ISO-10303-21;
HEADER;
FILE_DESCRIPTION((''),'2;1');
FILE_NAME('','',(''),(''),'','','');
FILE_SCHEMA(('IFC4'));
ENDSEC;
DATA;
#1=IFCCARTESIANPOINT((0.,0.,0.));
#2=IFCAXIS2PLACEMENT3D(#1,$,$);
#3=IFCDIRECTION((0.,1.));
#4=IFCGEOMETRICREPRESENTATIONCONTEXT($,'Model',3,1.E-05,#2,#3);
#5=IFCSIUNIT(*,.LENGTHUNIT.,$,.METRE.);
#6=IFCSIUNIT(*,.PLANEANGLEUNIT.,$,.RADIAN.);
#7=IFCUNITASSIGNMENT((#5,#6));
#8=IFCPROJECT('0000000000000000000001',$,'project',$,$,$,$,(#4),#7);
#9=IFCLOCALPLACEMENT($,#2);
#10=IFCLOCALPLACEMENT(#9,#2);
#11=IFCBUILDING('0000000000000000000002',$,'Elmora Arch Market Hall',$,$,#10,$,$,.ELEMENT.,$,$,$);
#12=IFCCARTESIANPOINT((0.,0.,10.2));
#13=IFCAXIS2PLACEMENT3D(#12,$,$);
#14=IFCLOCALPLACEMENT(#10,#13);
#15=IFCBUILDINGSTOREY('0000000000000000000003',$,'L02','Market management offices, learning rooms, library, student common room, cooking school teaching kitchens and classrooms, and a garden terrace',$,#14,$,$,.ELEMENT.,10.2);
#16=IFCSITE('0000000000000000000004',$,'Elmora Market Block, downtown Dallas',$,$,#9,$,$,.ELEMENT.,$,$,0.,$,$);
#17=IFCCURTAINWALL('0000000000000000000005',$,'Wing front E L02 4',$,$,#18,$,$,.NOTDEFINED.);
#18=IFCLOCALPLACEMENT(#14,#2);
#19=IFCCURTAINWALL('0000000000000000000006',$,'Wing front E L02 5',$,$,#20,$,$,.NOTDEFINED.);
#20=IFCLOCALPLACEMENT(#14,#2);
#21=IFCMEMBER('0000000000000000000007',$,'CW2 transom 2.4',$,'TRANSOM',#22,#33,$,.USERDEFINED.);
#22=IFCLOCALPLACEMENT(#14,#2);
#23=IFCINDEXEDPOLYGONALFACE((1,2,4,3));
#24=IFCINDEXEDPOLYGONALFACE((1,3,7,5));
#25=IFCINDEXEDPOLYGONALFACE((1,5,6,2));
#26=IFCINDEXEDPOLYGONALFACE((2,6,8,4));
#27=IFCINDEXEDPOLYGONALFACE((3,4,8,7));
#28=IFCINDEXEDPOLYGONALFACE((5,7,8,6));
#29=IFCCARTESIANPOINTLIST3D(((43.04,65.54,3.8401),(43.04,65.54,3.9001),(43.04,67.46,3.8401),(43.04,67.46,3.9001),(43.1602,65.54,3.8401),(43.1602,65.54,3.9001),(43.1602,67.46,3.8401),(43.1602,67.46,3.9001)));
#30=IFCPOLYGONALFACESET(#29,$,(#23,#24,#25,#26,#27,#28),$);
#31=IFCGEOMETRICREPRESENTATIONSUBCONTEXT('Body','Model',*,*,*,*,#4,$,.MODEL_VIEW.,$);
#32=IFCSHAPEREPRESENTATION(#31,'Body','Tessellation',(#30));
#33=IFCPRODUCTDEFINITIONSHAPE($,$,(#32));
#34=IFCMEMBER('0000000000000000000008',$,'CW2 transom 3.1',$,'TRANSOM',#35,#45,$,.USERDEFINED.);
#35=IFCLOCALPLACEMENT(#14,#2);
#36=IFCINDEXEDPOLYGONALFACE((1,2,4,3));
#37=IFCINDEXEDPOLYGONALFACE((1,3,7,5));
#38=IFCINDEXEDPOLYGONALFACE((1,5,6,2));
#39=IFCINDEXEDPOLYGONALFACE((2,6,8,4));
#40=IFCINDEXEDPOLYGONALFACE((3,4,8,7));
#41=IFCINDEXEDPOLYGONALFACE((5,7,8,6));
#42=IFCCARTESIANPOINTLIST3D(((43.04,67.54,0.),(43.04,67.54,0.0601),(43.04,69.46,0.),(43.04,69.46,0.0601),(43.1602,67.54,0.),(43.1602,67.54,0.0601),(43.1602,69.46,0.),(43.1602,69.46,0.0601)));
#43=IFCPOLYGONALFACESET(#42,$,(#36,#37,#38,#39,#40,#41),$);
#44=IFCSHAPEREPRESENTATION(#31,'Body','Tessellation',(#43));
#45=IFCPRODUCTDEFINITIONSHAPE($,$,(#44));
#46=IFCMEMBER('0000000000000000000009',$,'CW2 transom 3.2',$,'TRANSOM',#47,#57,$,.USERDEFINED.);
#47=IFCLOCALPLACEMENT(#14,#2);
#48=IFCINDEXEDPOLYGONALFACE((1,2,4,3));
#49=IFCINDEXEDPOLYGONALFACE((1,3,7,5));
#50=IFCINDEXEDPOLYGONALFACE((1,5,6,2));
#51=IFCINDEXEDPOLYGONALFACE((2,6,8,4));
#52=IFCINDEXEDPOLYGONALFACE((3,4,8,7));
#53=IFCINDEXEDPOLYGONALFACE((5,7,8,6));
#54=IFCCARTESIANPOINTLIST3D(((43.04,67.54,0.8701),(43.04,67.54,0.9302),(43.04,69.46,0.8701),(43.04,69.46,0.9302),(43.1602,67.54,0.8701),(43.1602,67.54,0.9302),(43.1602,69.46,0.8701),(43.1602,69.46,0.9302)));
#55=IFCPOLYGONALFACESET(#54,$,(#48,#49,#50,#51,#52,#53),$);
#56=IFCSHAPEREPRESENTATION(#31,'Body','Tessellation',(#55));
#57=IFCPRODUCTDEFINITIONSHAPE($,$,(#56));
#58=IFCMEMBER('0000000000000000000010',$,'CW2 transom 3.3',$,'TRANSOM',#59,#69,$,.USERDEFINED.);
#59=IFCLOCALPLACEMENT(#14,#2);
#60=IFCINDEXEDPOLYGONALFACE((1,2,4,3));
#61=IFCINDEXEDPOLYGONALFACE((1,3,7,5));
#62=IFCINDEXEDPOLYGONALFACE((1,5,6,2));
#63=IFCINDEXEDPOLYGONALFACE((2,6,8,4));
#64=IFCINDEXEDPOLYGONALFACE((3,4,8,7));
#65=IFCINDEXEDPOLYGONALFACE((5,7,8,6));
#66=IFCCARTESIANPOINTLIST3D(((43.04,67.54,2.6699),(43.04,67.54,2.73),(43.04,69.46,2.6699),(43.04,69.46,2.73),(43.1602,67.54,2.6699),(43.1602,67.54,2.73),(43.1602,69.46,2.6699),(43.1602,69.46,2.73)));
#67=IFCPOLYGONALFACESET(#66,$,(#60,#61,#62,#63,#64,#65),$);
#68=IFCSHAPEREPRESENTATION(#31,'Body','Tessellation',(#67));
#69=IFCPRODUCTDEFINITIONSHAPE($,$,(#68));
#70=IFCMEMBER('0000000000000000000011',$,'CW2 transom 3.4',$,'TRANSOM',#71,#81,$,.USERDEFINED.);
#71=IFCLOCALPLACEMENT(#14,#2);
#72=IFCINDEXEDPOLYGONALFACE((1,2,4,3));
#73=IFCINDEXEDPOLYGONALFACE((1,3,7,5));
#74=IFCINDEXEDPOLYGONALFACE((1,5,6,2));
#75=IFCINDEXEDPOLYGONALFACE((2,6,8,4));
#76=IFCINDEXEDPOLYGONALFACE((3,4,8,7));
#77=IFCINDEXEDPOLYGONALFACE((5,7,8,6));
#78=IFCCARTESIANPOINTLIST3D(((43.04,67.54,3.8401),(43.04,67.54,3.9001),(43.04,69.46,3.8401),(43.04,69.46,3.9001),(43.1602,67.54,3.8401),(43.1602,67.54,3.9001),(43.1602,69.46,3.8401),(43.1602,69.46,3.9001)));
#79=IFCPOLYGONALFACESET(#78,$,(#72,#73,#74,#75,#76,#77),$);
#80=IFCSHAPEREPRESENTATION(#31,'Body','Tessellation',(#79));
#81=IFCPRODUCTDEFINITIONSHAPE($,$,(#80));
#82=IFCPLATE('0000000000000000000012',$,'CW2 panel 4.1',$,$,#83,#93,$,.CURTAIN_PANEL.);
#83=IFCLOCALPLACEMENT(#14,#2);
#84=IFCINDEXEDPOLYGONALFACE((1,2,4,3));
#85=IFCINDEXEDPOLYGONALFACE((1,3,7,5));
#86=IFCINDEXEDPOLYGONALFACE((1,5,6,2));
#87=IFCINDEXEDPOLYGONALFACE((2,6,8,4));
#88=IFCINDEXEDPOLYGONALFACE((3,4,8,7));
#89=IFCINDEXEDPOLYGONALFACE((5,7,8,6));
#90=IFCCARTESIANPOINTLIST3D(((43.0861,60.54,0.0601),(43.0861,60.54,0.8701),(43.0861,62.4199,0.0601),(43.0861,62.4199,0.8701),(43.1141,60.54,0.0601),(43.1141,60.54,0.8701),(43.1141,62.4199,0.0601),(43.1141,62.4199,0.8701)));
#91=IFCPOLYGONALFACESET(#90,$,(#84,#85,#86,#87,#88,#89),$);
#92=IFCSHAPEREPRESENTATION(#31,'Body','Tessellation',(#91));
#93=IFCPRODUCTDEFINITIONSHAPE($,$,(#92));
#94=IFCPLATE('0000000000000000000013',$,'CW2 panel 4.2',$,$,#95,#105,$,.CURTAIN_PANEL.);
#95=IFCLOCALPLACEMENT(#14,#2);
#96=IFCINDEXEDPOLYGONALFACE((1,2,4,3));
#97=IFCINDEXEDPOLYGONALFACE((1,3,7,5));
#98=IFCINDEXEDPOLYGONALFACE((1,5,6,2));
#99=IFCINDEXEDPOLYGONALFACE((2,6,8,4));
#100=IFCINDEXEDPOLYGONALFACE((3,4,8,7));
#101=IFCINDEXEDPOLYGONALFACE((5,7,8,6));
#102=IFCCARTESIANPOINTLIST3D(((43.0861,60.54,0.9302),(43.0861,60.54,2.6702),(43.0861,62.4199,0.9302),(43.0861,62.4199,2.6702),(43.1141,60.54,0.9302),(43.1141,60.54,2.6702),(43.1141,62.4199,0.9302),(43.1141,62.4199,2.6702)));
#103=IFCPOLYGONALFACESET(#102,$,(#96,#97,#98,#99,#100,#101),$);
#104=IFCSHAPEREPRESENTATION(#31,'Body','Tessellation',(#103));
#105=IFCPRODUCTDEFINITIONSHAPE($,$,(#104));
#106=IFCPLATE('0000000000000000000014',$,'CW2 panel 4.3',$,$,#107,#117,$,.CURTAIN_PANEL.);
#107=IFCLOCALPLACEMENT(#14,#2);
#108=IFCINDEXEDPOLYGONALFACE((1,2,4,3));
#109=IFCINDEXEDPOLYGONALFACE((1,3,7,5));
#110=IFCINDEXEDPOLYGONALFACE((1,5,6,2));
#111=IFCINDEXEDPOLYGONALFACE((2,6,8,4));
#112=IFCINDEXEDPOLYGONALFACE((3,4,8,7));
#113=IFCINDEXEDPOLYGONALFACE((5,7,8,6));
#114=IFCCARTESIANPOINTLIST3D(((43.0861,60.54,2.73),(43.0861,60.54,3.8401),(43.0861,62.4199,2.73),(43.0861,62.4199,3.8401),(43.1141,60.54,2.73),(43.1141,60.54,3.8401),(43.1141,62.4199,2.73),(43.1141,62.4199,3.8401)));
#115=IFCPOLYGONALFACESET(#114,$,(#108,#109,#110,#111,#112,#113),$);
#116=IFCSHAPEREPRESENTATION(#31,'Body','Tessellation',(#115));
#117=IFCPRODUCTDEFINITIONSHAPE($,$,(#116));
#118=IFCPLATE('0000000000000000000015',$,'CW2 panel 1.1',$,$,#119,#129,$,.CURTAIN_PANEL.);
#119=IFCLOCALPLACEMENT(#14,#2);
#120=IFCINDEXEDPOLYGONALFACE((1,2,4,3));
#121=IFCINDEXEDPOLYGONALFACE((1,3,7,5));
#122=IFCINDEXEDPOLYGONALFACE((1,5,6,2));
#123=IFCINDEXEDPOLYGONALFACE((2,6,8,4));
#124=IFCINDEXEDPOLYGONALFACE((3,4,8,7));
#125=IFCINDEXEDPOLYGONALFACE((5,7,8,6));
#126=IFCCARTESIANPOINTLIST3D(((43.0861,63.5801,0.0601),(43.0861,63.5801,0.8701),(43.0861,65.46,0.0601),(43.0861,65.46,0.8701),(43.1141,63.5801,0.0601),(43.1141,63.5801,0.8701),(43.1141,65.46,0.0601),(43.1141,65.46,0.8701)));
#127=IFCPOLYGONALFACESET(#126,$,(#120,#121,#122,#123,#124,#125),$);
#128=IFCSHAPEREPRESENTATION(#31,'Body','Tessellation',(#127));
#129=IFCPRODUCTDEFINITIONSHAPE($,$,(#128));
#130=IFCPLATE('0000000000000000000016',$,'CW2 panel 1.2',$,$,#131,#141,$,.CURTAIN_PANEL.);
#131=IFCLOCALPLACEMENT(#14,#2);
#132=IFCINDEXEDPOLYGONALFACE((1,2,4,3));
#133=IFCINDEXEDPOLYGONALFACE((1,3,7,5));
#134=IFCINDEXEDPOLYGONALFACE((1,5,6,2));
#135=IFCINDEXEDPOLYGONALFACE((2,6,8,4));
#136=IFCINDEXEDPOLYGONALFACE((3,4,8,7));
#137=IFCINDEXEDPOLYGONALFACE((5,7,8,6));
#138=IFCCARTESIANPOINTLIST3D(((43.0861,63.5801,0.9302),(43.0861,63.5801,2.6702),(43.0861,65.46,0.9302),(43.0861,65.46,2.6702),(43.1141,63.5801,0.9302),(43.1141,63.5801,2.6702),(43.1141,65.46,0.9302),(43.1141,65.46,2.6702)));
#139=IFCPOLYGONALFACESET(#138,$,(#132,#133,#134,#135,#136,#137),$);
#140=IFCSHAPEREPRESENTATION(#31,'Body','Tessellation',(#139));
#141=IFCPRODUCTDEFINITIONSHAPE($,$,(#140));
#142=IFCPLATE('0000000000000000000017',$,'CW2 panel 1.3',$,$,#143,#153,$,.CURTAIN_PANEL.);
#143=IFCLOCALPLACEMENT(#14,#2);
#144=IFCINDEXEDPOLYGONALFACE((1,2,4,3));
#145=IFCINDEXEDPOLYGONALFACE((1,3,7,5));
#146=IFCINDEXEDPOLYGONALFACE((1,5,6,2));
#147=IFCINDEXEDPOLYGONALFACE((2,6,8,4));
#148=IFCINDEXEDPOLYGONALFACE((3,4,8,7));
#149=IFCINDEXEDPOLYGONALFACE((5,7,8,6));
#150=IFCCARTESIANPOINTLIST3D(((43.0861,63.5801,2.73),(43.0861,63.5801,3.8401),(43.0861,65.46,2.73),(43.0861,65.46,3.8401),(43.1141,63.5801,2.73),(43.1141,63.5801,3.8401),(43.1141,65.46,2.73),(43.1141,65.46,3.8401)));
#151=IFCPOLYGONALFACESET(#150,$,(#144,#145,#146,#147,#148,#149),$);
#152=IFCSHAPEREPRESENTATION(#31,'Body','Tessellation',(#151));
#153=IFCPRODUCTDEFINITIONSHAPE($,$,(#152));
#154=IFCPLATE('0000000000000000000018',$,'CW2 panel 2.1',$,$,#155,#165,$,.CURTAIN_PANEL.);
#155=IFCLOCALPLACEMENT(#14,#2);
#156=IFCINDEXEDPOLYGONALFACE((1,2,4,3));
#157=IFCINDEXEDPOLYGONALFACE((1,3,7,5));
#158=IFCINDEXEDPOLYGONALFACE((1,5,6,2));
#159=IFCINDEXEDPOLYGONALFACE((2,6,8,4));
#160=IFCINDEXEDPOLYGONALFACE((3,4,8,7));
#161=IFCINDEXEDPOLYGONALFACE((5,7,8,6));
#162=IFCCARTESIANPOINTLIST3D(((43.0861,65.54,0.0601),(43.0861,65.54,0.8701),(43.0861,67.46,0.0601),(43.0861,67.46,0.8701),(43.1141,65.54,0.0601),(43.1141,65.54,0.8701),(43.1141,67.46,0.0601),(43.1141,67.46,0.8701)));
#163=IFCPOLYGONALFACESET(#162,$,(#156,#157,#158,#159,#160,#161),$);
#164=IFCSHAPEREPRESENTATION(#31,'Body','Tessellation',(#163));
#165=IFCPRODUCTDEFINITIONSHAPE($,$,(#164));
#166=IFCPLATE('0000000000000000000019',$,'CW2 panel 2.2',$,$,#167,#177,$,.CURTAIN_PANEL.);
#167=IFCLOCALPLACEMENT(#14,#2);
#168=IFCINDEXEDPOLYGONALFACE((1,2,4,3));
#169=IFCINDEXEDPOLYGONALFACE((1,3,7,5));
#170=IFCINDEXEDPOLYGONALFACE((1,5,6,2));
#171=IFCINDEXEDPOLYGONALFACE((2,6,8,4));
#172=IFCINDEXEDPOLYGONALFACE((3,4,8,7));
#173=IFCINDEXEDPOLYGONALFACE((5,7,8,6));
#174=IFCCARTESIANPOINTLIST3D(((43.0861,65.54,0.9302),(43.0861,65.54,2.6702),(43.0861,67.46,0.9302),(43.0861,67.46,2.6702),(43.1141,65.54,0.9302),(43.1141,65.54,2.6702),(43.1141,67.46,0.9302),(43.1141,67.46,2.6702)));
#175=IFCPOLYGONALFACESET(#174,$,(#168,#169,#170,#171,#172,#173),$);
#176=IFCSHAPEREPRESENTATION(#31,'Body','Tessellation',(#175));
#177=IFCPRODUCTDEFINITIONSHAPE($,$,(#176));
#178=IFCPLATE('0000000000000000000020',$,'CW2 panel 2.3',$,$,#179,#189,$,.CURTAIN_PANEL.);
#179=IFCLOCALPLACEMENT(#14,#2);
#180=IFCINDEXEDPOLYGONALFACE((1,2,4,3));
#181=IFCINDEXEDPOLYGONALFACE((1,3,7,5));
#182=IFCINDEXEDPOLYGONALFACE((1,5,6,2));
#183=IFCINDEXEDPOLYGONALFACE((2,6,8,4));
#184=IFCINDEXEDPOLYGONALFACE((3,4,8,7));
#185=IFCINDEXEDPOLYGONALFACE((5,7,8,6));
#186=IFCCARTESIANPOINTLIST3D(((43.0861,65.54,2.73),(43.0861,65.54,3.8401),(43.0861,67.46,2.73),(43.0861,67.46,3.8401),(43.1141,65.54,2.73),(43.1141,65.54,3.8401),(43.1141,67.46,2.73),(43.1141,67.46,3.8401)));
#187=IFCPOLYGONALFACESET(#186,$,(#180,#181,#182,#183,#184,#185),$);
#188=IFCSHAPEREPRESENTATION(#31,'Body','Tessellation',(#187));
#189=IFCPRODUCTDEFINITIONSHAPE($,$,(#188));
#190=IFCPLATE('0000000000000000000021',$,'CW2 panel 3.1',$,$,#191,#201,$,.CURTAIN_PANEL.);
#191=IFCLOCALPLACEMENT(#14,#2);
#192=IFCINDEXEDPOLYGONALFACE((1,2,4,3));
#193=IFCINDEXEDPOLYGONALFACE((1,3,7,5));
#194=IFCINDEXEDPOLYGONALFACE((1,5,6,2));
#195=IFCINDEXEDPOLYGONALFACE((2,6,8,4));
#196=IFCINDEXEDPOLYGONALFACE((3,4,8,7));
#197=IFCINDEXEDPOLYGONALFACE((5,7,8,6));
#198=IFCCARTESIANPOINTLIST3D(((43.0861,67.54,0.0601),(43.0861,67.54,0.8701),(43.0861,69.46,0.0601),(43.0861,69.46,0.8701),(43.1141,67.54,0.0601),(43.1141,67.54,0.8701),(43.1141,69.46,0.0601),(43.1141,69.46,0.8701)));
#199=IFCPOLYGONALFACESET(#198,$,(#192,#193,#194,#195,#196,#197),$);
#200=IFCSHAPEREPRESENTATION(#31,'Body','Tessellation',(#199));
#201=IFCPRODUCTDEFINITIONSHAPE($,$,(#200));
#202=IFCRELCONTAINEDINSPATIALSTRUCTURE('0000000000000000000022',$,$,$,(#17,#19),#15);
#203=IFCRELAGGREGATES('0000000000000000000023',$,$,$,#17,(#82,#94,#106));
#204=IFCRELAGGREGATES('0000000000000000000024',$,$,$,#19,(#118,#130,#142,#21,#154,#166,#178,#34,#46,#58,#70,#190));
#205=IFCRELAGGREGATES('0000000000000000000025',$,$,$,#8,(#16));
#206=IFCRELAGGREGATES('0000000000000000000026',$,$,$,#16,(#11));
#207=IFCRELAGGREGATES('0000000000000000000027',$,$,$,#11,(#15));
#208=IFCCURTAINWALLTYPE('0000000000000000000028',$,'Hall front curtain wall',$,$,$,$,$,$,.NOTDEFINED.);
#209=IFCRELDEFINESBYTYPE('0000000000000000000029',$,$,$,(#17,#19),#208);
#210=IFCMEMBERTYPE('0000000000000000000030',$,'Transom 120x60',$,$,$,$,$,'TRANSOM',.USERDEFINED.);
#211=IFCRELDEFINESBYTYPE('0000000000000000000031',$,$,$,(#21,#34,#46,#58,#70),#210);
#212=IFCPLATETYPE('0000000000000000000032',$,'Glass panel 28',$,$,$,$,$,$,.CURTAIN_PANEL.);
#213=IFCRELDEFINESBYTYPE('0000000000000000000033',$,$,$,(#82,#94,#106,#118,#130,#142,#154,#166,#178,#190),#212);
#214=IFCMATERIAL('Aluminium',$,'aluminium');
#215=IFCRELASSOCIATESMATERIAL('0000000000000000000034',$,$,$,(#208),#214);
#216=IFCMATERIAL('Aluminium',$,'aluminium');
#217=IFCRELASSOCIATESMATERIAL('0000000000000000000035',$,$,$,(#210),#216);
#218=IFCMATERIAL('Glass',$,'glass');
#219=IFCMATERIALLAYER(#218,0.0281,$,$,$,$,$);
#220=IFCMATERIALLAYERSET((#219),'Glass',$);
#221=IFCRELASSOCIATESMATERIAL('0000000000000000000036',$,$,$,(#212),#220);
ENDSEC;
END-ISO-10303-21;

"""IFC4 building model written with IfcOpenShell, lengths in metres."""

from ifc_helpers import new_model, si_unit, direction, frame, origin, origin_2d, place, context, subcontext, project, spatial, rectangle, extrude, material, layer, layer_set, material_profile, profile_set, type_object, element, aggregate, save


model = new_model("IFC4")

# Units and contexts
model_context = context("Model", 3, precision=1e-05, world=origin(), true_north=direction((0.0, 1.0)))
body_context = subcontext(model_context, "Body", "Model", "MODEL_VIEW")
ifc_project = project(units=[si_unit("LENGTHUNIT", "METRE"), si_unit("PLANEANGLEUNIT", "RADIAN")], contexts=[model_context])

# Site, building, storey
site_placement = place(None, origin())
site = spatial("IfcSite", under=ifc_project, at=site_placement, Name="Elmora Market Block, downtown Dallas", CompositionType="ELEMENT", RefElevation=0.0)
building_placement = place(site_placement, origin())
building = spatial("IfcBuilding", under=site, at=building_placement, Name="Elmora Arch Market Hall", CompositionType="ELEMENT")
storey_placement = place(building_placement, frame((0.0, 0.0, 10.2)))
storey = spatial("IfcBuildingStorey", under=building, at=storey_placement, Name="L02", Description="Market management offices, learning rooms, library, student common room, cooking school teaching kitchens and classrooms, and a garden terrace", CompositionType="ELEMENT", Elevation=10.2)

# Curtain wall
ifc_material_1 = material(Name="Aluminium", Category="aluminium")
curtain_wall_type = type_object("IfcCurtainWallType", Name="Hall front curtain wall", PredefinedType="NOTDEFINED", material=ifc_material_1)
curtain_wall_1_placement = place(storey_placement, origin())
curtain_wall_1 = element("IfcCurtainWall", 1, at=curtain_wall_1_placement, inside=storey, type_object=curtain_wall_type, Name="Wing front E L02 4", PredefinedType="NOTDEFINED")

# Curtain wall
curtain_wall_2_placement = place(storey_placement, origin())
curtain_wall_2 = element("IfcCurtainWall", 2, at=curtain_wall_2_placement, inside=storey, type_object=curtain_wall_type, Name="Wing front E L02 5", PredefinedType="NOTDEFINED")

# Members
ifc_material_2 = material(Name="Aluminium", Category="aluminium")
ifc_material_profile_1 = material_profile(ifc_material_2, rectangle(XDim=0.1201, YDim=0.0601, at=origin_2d()), Name="AL 120x60")
ifc_profile_set_1 = profile_set([ifc_material_profile_1], Name="Aluminium")
member_type_1 = type_object("IfcMemberType", Name="Transom 120x60", ElementType="TRANSOM", PredefinedType="USERDEFINED", material=ifc_profile_set_1)
member_1_placement = place(storey_placement, frame((43.1001, 65.54, 3.8701), z_axis=(0.0, 1.0, 0.0), x_axis=(-1.0, 0.0, 0.0)))
member_1 = element("IfcMember", 3, at=member_1_placement, type_object=member_type_1, Name="CW2 transom 2.4", ObjectType="TRANSOM", PredefinedType="USERDEFINED", context=body_context, shape_type="SweptSolid", body=[
    extrude(rectangle(XDim=0.1201, YDim=0.0601, at=origin_2d()), origin(), (0.0, 0.0, 1.0), 1.9199),
])
member_2_placement = place(storey_placement, frame((43.1001, 67.54, 0.03), z_axis=(0.0, 1.0, 0.0), x_axis=(-1.0, 0.0, 0.0)))
member_2 = element("IfcMember", 4, at=member_2_placement, type_object=member_type_1, Name="CW2 transom 3.1", ObjectType="TRANSOM", PredefinedType="USERDEFINED", context=body_context, shape_type="SweptSolid", body=[
    extrude(rectangle(XDim=0.1201, YDim=0.0601, at=origin_2d()), origin(), (0.0, 0.0, 1.0), 1.9199),
])
member_3_placement = place(storey_placement, frame((43.1001, 67.54, 0.9001), z_axis=(0.0, 1.0, 0.0), x_axis=(-1.0, 0.0, 0.0)))
member_3 = element("IfcMember", 5, at=member_3_placement, type_object=member_type_1, Name="CW2 transom 3.2", ObjectType="TRANSOM", PredefinedType="USERDEFINED", context=body_context, shape_type="SweptSolid", body=[
    extrude(rectangle(XDim=0.1201, YDim=0.0601, at=origin_2d()), origin(), (0.0, 0.0, 1.0), 1.9199),
])
member_4_placement = place(storey_placement, frame((43.1001, 67.54, 2.7), z_axis=(0.0, 1.0, 0.0), x_axis=(-1.0, 0.0, 0.0)))
member_4 = element("IfcMember", 6, at=member_4_placement, type_object=member_type_1, Name="CW2 transom 3.3", ObjectType="TRANSOM", PredefinedType="USERDEFINED", context=body_context, shape_type="SweptSolid", body=[
    extrude(rectangle(XDim=0.1201, YDim=0.0601, at=origin_2d()), origin(), (0.0, 0.0, 1.0), 1.9199),
])
member_5_placement = place(storey_placement, frame((43.1001, 67.54, 3.8701), z_axis=(0.0, 1.0, 0.0), x_axis=(-1.0, 0.0, 0.0)))
member_5 = element("IfcMember", 7, at=member_5_placement, type_object=member_type_1, Name="CW2 transom 3.4", ObjectType="TRANSOM", PredefinedType="USERDEFINED", context=body_context, shape_type="SweptSolid", body=[
    extrude(rectangle(XDim=0.1201, YDim=0.0601, at=origin_2d()), origin(), (0.0, 0.0, 1.0), 1.9199),
])

# Plates
ifc_material_3 = material(Name="Glass", Category="glass")
ifc_layer = layer(ifc_material_3, 0.0281)
ifc_layer_set = layer_set([ifc_layer], Name="Glass")
plate_type = type_object("IfcPlateType", Name="Glass panel 28", PredefinedType="CURTAIN_PANEL", material=ifc_layer_set)
plate_1_placement = place(storey_placement, frame((43.1001, 61.48, 0.0601), z_axis=(0.0, 0.0, 1.0), x_axis=(0.0, 1.0, 0.0)))
plate_1 = element("IfcPlate", 8, at=plate_1_placement, type_object=plate_type, Name="CW2 panel 4.1", PredefinedType="CURTAIN_PANEL", context=body_context, shape_type="SweptSolid", body=[
    extrude(rectangle(XDim=1.8799, YDim=0.0281, at=origin_2d()), origin(), (0.0, 0.0, 1.0), 0.8101),
])
plate_2_placement = place(storey_placement, frame((43.1001, 61.48, 0.9302), z_axis=(0.0, 0.0, 1.0), x_axis=(0.0, 1.0, 0.0)))
plate_2 = element("IfcPlate", 9, at=plate_2_placement, type_object=plate_type, Name="CW2 panel 4.2", PredefinedType="CURTAIN_PANEL", context=body_context, shape_type="SweptSolid", body=[
    extrude(rectangle(XDim=1.8799, YDim=0.0281, at=origin_2d()), origin(), (0.0, 0.0, 1.0), 1.74),
])
plate_3_placement = place(storey_placement, frame((43.1001, 61.48, 2.73), z_axis=(0.0, 0.0, 1.0), x_axis=(0.0, 1.0, 0.0)))
plate_3 = element("IfcPlate", 10, at=plate_3_placement, type_object=plate_type, Name="CW2 panel 4.3", PredefinedType="CURTAIN_PANEL", context=body_context, shape_type="SweptSolid", body=[
    extrude(rectangle(XDim=1.8799, YDim=0.0281, at=origin_2d()), origin(), (0.0, 0.0, 1.0), 1.1101),
])
aggregate(curtain_wall_1, [plate_1, plate_2, plate_3])
plate_4_placement = place(storey_placement, frame((43.1001, 64.52, 0.0601), z_axis=(0.0, 0.0, 1.0), x_axis=(0.0, 1.0, 0.0)))
plate_4 = element("IfcPlate", 11, at=plate_4_placement, type_object=plate_type, Name="CW2 panel 1.1", PredefinedType="CURTAIN_PANEL", context=body_context, shape_type="SweptSolid", body=[
    extrude(rectangle(XDim=1.8799, YDim=0.0281, at=origin_2d()), origin(), (0.0, 0.0, 1.0), 0.8101),
])
plate_5_placement = place(storey_placement, frame((43.1001, 64.52, 0.9302), z_axis=(0.0, 0.0, 1.0), x_axis=(0.0, 1.0, 0.0)))
plate_5 = element("IfcPlate", 12, at=plate_5_placement, type_object=plate_type, Name="CW2 panel 1.2", PredefinedType="CURTAIN_PANEL", context=body_context, shape_type="SweptSolid", body=[
    extrude(rectangle(XDim=1.8799, YDim=0.0281, at=origin_2d()), origin(), (0.0, 0.0, 1.0), 1.74),
])
plate_6_placement = place(storey_placement, frame((43.1001, 64.52, 2.73), z_axis=(0.0, 0.0, 1.0), x_axis=(0.0, 1.0, 0.0)))
plate_6 = element("IfcPlate", 13, at=plate_6_placement, type_object=plate_type, Name="CW2 panel 1.3", PredefinedType="CURTAIN_PANEL", context=body_context, shape_type="SweptSolid", body=[
    extrude(rectangle(XDim=1.8799, YDim=0.0281, at=origin_2d()), origin(), (0.0, 0.0, 1.0), 1.1101),
])
plate_7_placement = place(storey_placement, frame((43.1001, 66.5, 0.0601), z_axis=(0.0, 0.0, 1.0), x_axis=(0.0, 1.0, 0.0)))
plate_7 = element("IfcPlate", 14, at=plate_7_placement, type_object=plate_type, Name="CW2 panel 2.1", PredefinedType="CURTAIN_PANEL", context=body_context, shape_type="SweptSolid", body=[
    extrude(rectangle(XDim=1.9199, YDim=0.0281, at=origin_2d()), origin(), (0.0, 0.0, 1.0), 0.8101),
])
plate_8_placement = place(storey_placement, frame((43.1001, 66.5, 0.9302), z_axis=(0.0, 0.0, 1.0), x_axis=(0.0, 1.0, 0.0)))
plate_8 = element("IfcPlate", 15, at=plate_8_placement, type_object=plate_type, Name="CW2 panel 2.2", PredefinedType="CURTAIN_PANEL", context=body_context, shape_type="SweptSolid", body=[
    extrude(rectangle(XDim=1.9199, YDim=0.0281, at=origin_2d()), origin(), (0.0, 0.0, 1.0), 1.74),
])
plate_9_placement = place(storey_placement, frame((43.1001, 66.5, 2.73), z_axis=(0.0, 0.0, 1.0), x_axis=(0.0, 1.0, 0.0)))
plate_9 = element("IfcPlate", 16, at=plate_9_placement, type_object=plate_type, Name="CW2 panel 2.3", PredefinedType="CURTAIN_PANEL", context=body_context, shape_type="SweptSolid", body=[
    extrude(rectangle(XDim=1.9199, YDim=0.0281, at=origin_2d()), origin(), (0.0, 0.0, 1.0), 1.1101),
])
plate_10_placement = place(storey_placement, frame((43.1001, 68.5, 0.0601), z_axis=(0.0, 0.0, 1.0), x_axis=(0.0, 1.0, 0.0)))
plate_10 = element("IfcPlate", 17, at=plate_10_placement, type_object=plate_type, Name="CW2 panel 3.1", PredefinedType="CURTAIN_PANEL", context=body_context, shape_type="SweptSolid", body=[
    extrude(rectangle(XDim=1.9199, YDim=0.0281, at=origin_2d()), origin(), (0.0, 0.0, 1.0), 0.8101),
])
aggregate(curtain_wall_2, [plate_4, plate_5, plate_6, member_1, plate_7, plate_8, plate_9, member_2, member_3, member_4, member_5, plate_10])

save(model, "model.ifc")
